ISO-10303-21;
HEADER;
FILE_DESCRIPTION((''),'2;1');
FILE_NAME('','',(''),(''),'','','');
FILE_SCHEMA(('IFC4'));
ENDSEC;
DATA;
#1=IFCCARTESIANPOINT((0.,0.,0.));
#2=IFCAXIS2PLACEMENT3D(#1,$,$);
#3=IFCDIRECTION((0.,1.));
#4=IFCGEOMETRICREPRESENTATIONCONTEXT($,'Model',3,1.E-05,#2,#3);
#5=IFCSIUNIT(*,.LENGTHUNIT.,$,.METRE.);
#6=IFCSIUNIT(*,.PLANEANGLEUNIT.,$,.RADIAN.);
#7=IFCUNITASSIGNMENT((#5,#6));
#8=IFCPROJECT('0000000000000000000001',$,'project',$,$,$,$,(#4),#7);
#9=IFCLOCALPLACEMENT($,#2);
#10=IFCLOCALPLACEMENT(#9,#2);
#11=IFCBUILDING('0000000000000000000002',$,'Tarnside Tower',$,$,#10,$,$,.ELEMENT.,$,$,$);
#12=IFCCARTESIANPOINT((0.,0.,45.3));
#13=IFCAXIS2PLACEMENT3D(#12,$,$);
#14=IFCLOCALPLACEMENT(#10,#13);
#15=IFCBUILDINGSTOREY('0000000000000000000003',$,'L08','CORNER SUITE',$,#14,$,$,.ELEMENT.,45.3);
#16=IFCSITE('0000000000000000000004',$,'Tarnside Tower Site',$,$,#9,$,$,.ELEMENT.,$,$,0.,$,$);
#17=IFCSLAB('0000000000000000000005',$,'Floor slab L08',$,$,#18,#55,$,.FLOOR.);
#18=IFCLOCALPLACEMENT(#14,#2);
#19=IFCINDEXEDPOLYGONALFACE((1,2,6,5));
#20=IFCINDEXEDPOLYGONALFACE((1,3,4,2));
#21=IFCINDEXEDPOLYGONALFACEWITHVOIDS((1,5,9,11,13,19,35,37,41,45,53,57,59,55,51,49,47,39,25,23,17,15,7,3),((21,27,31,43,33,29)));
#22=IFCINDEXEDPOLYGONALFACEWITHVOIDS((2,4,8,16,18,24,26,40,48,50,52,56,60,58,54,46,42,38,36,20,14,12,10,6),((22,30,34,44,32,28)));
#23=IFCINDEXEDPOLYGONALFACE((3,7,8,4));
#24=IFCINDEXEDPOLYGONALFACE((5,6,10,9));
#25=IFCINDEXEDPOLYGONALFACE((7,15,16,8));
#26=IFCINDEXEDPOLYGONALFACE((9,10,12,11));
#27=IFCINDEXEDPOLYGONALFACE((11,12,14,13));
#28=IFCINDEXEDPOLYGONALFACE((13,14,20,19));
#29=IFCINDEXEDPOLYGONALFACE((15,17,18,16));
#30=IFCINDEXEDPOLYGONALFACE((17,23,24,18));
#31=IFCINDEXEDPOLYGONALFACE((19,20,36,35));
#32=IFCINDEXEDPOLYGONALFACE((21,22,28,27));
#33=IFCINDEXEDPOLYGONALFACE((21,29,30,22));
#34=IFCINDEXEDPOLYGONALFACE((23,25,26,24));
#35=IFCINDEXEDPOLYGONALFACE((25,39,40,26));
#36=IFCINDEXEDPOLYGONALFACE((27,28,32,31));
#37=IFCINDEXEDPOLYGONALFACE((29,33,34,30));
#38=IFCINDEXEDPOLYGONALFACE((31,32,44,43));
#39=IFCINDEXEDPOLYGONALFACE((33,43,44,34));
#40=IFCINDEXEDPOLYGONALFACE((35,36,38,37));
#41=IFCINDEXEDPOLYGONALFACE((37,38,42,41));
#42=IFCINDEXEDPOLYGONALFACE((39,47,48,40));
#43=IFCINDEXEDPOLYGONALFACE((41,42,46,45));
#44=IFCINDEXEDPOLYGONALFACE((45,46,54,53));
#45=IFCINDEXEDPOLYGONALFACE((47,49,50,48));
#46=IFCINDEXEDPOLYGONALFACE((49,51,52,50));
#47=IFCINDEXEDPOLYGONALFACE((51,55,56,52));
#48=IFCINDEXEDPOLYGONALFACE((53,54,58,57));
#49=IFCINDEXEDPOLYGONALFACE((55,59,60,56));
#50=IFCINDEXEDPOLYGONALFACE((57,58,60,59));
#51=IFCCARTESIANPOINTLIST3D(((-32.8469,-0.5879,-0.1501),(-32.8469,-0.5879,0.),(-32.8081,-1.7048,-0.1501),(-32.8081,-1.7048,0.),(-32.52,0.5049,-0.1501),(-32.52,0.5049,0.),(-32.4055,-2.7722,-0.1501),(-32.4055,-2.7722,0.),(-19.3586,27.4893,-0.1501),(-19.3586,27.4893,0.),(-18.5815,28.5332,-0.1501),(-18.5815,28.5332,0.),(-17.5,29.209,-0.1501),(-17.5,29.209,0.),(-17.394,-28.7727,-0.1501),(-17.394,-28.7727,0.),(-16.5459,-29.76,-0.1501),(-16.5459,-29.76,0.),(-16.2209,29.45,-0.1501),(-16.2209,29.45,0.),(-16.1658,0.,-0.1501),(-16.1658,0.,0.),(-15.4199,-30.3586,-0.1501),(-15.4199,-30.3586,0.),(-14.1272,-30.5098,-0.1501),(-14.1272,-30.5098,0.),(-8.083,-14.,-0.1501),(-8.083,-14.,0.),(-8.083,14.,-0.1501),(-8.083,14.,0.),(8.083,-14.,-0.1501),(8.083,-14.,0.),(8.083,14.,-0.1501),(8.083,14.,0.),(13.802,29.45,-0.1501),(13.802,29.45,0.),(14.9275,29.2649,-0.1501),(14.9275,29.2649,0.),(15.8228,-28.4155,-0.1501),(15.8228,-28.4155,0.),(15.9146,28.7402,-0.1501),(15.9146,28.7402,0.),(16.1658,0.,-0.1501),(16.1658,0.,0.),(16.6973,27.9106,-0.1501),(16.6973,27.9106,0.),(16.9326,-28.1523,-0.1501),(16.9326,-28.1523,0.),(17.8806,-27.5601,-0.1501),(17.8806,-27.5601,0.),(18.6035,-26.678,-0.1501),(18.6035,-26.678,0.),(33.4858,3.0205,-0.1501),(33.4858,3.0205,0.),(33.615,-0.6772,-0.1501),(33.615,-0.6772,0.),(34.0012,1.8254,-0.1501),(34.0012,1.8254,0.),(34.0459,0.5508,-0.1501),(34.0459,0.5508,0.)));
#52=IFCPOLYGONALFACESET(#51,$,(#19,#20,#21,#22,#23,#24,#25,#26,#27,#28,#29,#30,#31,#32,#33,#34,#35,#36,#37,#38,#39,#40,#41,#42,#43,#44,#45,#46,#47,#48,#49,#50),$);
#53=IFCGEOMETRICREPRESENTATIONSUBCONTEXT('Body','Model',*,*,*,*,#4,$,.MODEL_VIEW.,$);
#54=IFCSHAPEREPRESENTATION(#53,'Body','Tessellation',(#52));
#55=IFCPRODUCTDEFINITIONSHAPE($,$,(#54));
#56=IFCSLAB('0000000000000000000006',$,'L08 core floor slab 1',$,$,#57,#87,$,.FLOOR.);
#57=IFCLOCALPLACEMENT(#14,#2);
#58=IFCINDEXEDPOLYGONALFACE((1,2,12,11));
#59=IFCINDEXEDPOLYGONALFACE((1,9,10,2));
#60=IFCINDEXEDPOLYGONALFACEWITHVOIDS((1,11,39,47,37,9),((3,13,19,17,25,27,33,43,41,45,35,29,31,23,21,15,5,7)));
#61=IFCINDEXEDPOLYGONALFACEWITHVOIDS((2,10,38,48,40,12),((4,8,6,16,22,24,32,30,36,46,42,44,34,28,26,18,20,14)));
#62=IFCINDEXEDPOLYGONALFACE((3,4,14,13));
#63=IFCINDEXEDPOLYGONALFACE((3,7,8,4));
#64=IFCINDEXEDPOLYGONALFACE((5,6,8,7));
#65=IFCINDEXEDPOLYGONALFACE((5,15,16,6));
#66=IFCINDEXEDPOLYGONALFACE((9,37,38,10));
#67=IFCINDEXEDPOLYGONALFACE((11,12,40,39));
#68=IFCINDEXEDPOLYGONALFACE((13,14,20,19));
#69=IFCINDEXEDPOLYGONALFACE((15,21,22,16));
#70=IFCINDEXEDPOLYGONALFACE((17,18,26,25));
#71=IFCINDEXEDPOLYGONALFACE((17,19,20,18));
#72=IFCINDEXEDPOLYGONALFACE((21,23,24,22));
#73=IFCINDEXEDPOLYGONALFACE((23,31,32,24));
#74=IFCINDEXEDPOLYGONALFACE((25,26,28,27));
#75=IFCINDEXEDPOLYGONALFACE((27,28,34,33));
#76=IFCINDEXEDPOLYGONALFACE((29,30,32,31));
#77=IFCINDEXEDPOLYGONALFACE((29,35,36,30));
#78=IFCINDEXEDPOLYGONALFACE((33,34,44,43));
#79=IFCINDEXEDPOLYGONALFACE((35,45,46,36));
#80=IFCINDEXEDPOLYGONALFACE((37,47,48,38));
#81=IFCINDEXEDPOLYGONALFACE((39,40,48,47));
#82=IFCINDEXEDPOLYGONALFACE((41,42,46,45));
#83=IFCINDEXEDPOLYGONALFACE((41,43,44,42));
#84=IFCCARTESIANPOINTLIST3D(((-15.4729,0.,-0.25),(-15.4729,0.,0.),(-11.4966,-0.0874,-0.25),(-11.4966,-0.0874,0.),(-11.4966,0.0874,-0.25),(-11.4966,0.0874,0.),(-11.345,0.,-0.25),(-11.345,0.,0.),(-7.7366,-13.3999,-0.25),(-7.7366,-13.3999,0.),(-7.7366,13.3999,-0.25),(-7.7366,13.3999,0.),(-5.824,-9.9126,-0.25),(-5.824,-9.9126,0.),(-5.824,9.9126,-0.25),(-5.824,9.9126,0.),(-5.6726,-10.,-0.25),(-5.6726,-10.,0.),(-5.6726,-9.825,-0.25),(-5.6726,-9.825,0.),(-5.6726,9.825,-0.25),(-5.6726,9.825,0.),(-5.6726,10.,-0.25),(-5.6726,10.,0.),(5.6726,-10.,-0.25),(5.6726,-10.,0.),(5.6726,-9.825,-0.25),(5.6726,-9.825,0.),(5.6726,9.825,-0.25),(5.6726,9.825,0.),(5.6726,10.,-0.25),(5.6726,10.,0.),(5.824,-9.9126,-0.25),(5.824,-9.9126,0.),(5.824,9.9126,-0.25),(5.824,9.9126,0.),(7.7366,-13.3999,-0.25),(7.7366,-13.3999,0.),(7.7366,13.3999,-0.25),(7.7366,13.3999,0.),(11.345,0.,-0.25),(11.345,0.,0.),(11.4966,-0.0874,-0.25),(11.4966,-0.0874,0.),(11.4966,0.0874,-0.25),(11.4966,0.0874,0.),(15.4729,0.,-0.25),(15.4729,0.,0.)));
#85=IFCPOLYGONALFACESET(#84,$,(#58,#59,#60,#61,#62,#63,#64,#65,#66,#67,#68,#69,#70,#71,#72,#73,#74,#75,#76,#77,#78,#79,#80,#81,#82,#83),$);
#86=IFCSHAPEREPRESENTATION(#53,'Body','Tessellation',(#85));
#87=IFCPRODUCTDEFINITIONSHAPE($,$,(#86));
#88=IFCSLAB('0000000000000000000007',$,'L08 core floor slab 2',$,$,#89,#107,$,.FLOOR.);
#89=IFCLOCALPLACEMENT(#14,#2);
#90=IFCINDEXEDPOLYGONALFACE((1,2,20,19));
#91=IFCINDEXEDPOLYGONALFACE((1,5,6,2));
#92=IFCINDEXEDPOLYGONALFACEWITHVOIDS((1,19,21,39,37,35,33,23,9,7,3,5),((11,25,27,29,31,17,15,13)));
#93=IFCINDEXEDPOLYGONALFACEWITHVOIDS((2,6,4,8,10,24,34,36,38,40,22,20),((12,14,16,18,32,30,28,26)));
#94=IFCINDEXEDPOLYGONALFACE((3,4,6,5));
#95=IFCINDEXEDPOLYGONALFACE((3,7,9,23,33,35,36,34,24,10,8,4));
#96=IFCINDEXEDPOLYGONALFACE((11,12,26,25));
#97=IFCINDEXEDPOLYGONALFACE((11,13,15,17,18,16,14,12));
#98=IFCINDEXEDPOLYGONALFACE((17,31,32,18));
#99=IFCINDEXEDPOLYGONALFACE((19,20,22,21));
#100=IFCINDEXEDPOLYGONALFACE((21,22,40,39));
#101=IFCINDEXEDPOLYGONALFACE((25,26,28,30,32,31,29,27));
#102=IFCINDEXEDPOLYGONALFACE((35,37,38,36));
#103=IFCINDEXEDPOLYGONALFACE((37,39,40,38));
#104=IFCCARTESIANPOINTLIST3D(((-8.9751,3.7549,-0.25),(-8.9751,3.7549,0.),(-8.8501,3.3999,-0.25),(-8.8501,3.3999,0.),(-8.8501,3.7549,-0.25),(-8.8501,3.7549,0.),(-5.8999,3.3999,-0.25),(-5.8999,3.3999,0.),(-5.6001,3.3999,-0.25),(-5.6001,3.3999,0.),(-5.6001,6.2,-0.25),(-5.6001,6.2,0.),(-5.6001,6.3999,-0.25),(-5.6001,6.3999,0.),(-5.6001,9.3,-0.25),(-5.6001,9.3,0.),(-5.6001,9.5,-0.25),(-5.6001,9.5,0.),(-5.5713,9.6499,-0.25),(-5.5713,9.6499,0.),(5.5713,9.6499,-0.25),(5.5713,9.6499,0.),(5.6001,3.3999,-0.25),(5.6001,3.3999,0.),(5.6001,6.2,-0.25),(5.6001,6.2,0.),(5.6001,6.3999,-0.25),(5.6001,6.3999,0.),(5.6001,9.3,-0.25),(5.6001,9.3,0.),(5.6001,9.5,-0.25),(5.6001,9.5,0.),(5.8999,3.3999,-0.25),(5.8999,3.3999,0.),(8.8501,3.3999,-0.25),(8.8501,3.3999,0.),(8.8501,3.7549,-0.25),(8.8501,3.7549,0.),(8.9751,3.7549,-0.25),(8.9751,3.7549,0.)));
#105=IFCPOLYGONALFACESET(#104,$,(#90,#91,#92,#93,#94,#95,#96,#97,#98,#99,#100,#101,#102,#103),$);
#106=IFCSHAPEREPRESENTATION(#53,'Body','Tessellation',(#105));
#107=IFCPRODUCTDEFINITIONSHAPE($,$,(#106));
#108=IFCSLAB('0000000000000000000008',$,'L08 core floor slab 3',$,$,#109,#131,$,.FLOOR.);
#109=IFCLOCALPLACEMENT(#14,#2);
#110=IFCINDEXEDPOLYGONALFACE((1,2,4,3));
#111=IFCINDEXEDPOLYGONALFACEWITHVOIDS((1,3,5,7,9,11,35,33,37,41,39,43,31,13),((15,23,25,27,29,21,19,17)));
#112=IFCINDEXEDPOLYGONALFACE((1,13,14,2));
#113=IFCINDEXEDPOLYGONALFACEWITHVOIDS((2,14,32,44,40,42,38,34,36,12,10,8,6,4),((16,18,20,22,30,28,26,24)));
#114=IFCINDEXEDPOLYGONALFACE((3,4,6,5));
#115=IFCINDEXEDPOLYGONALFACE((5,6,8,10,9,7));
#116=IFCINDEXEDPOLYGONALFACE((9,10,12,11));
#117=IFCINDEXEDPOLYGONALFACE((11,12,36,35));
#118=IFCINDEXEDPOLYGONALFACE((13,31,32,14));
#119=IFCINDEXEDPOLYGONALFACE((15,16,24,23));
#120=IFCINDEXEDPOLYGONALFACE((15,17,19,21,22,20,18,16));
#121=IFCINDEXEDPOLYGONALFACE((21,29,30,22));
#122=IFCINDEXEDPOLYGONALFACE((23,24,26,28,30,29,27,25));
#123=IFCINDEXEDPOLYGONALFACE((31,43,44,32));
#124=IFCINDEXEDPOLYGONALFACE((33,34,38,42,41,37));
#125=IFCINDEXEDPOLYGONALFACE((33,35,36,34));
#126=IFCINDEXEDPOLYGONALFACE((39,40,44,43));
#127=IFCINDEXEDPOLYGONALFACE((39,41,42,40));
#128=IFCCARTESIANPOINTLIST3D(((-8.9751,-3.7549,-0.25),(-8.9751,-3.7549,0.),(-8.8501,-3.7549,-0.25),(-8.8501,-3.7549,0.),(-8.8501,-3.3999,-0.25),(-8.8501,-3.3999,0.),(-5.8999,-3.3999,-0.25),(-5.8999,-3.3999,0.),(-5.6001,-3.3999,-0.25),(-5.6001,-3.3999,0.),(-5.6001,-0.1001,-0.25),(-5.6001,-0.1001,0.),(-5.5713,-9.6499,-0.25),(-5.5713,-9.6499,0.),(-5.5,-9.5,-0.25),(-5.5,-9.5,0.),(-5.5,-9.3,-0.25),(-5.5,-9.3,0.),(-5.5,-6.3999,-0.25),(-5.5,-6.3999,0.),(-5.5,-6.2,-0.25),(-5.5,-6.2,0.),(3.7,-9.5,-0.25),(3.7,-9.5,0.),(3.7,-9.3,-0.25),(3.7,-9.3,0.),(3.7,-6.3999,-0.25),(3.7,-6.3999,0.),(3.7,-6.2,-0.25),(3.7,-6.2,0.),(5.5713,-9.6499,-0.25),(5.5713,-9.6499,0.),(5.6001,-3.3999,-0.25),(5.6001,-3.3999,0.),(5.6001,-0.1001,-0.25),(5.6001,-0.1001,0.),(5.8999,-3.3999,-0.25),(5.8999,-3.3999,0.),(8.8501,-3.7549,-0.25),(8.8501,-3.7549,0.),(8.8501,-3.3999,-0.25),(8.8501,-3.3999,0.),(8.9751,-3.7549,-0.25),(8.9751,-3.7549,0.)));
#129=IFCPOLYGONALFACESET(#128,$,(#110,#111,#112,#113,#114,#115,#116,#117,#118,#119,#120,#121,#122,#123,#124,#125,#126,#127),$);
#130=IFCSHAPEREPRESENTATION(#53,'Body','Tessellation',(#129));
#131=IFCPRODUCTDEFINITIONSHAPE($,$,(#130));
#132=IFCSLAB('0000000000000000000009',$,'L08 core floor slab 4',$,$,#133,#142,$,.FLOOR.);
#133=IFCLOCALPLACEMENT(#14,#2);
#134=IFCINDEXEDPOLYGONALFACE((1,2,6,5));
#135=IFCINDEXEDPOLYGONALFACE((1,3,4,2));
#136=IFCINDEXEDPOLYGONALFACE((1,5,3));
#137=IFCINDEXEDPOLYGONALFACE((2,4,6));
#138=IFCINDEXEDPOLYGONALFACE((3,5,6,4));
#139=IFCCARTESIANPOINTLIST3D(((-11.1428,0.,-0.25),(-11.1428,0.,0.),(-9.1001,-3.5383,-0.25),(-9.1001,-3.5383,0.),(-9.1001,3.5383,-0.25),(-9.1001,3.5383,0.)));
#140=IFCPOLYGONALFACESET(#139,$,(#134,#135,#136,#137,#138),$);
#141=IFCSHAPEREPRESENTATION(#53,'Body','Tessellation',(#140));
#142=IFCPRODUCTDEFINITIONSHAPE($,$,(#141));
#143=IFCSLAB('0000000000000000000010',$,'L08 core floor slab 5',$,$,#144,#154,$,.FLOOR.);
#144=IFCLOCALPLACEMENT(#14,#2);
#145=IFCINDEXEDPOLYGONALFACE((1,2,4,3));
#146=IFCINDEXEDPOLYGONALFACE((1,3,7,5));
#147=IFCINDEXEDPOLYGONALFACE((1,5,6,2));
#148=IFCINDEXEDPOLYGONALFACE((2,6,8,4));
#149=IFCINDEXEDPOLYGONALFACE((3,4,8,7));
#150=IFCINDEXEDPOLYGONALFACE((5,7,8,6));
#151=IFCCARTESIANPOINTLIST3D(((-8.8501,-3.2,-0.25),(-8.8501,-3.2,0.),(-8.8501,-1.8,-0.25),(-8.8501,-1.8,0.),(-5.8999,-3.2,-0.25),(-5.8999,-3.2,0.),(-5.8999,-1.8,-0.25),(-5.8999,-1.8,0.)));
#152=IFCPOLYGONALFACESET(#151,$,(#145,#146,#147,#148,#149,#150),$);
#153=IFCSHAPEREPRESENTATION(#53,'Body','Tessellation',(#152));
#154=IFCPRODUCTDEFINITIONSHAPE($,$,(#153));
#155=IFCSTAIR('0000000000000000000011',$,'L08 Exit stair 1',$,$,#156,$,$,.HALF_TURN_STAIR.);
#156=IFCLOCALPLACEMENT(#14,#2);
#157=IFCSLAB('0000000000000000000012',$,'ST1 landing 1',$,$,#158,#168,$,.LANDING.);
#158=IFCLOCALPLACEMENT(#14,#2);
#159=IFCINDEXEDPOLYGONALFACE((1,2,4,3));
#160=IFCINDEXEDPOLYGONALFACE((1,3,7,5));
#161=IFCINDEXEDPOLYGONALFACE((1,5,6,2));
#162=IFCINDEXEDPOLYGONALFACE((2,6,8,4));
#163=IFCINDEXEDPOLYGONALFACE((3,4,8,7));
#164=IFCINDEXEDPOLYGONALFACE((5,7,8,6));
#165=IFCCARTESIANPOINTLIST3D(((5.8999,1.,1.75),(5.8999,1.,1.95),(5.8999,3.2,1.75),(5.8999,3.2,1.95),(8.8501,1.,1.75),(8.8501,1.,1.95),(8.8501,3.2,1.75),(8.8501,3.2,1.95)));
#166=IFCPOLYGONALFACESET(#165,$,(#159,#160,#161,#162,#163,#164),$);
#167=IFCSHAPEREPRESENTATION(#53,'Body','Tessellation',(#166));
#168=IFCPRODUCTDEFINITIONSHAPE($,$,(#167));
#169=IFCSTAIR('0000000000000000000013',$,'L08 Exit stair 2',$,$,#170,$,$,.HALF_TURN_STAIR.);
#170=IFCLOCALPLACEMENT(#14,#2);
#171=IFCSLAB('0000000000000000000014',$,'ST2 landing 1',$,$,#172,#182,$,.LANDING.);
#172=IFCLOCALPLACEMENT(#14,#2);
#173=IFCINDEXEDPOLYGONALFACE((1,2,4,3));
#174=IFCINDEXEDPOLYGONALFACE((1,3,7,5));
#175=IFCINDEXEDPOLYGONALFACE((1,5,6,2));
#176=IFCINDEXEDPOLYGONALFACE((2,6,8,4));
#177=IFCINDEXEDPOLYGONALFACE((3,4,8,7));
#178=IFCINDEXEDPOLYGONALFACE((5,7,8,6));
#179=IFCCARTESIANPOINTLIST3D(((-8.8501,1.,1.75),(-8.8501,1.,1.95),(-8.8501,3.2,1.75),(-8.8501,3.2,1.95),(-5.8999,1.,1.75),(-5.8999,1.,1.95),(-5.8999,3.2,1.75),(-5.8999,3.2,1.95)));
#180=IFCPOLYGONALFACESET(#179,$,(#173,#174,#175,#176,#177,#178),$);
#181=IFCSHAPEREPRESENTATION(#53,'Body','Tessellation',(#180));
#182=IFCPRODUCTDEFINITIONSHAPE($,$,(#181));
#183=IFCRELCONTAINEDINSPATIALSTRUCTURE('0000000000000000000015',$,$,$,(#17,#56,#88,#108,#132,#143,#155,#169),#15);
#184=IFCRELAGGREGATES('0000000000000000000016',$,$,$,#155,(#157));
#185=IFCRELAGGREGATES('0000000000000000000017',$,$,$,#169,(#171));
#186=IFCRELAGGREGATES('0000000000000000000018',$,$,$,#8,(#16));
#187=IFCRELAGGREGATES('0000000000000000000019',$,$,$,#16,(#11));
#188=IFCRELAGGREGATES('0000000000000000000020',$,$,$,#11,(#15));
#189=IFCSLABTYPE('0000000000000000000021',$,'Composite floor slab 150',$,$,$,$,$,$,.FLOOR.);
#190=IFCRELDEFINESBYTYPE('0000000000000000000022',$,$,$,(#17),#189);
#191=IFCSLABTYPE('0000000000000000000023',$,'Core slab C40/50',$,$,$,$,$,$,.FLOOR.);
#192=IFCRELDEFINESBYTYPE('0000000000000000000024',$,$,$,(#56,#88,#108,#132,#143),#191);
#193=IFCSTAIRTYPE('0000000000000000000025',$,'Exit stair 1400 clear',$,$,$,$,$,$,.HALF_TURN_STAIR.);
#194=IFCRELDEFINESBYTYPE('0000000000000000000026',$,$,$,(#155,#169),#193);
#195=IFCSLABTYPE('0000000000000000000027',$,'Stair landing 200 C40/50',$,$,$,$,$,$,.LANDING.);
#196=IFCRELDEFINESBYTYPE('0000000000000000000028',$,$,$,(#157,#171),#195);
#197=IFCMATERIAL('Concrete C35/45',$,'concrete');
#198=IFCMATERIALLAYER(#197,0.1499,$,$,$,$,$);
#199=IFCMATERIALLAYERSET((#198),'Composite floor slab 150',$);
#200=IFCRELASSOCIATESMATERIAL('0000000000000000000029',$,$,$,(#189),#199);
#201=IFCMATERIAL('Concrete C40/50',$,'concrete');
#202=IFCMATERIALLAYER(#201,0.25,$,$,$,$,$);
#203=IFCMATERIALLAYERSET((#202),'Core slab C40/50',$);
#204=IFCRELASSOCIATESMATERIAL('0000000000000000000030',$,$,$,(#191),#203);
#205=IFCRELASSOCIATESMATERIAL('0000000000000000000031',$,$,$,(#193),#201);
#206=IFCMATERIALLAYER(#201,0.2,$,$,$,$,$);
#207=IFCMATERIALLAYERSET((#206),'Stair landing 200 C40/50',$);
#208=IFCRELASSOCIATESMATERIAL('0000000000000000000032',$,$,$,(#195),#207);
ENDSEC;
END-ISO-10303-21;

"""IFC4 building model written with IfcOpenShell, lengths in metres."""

from ifc_helpers import new_model, si_unit, direction, frame, origin, place, context, subcontext, project, spatial, polyline, outline, extrude, material, layer, layer_set, type_object, element, aggregate, save


model = new_model("IFC4")

# Units and contexts
model_context = context("Model", 3, precision=1e-05, world=origin(), true_north=direction((0.0, 1.0)))
body_context = subcontext(model_context, "Body", "Model", "MODEL_VIEW")
ifc_project = project(units=[si_unit("LENGTHUNIT", "METRE"), si_unit("PLANEANGLEUNIT", "RADIAN")], contexts=[model_context])

# Site, building, storey
site_placement = place(None, origin())
site = spatial("IfcSite", under=ifc_project, at=site_placement, Name="Tarnside Tower Site", CompositionType="ELEMENT", RefElevation=0.0)
building_placement = place(site_placement, origin())
building = spatial("IfcBuilding", under=site, at=building_placement, Name="Tarnside Tower", CompositionType="ELEMENT")
storey_placement = place(building_placement, frame((0.0, 0.0, 45.3)))
storey = spatial("IfcBuildingStorey", under=building, at=storey_placement, Name="L08", Description="CORNER SUITE", CompositionType="ELEMENT", Elevation=45.3)

# Slabs
ifc_material_1 = material(Name="Concrete C35/45", Category="concrete")
ifc_layer_1 = layer(ifc_material_1, 0.1499)
ifc_layer_set_1 = layer_set([ifc_layer_1], Name="Composite floor slab 150")
slab_type_1 = type_object("IfcSlabType", Name="Composite floor slab 150", PredefinedType="FLOOR", material=ifc_layer_set_1)
slab_1_placement = place(storey_placement, frame((0.0, 0.0, -0.1501)))
element("IfcSlab", 1, at=slab_1_placement, inside=storey, type_object=slab_type_1, Name="Floor slab L08", PredefinedType="FLOOR", context=body_context, shape_type="SweptSolid", body=[
    extrude(outline(polyline([(14.9275, 29.2649), (15.9146, 28.7402), (16.6973, 27.9106), (33.4858, 3.0205), (34.0012, 1.8254), (34.0459, 0.5508), (33.615, -0.6772), (18.6035, -26.678), (17.8806, -27.5601), (16.9326, -28.1523), (15.8228, -28.4155), (-14.1272, -30.5098), (-15.4199, -30.3586), (-16.5459, -29.76), (-17.394, -28.7727), (-32.4055, -2.7722), (-32.8081, -1.7048), (-32.8469, -0.5879), (-32.52, 0.5049), (-19.3586, 27.4893), (-18.5815, 28.5332), (-17.5, 29.209), (-16.2209, 29.45), (13.802, 29.45), (14.9275, 29.2649)]), holes=[polyline([(-16.1658, 0.0), (-8.083, -14.0), (8.083, -14.0), (16.1658, 0.0), (8.083, 14.0), (-8.083, 14.0), (-16.1658, 0.0)])]), origin(), (0.0, 0.0, 1.0), 0.1501),
])
ifc_material_2 = material(Name="Concrete C40/50", Category="concrete")
ifc_layer_2 = layer(ifc_material_2, 0.25)
ifc_layer_set_2 = layer_set([ifc_layer_2], Name="Core slab C40/50")
slab_type_2 = type_object("IfcSlabType", Name="Core slab C40/50", PredefinedType="FLOOR", material=ifc_layer_set_2)
slab_2_placement = place(storey_placement, frame((0.0, 0.0, -0.25)))
element("IfcSlab", 2, at=slab_2_placement, inside=storey, type_object=slab_type_2, Name="L08 core floor slab 1", PredefinedType="FLOOR", context=body_context, shape_type="SweptSolid", body=[
    extrude(outline(polyline([(-15.4729, 0.0), (-7.7366, 13.3999), (7.7366, 13.3999), (15.4729, 0.0), (7.7366, -13.3999), (-7.7366, -13.3999), (-15.4729, 0.0)]), holes=[polyline([(5.824, -9.9126), (11.4966, -0.0874), (11.345, 0.0), (11.4966, 0.0874), (5.824, 9.9126), (5.6726, 9.825), (5.6726, 10.0), (-5.6726, 10.0), (-5.6726, 9.825), (-5.824, 9.9126), (-11.4966, 0.0874), (-11.345, 0.0), (-11.4966, -0.0874), (-5.824, -9.9126), (-5.6726, -9.825), (-5.6726, -10.0), (5.6726, -10.0), (5.6726, -9.825), (5.824, -9.9126)])]), origin(), (0.0, 0.0, 1.0), 0.25),
])
slab_3_placement = place(storey_placement, frame((0.0, 0.0, -0.25)))
element("IfcSlab", 3, at=slab_3_placement, inside=storey, type_object=slab_type_2, Name="L08 core floor slab 2", PredefinedType="FLOOR", context=body_context, shape_type="SweptSolid", body=[
    extrude(outline(polyline([(-8.9751, 3.7549), (-5.5713, 9.6499), (5.5713, 9.6499), (8.9751, 3.7549), (8.8501, 3.7549), (8.8501, 3.3999), (5.8999, 3.3999), (5.6001, 3.3999), (5.6001, 3.3999), (-5.6001, 3.3999), (-5.8999, 3.3999), (-8.8501, 3.3999), (-8.8501, 3.7549), (-8.9751, 3.7549)]), holes=[polyline([(-5.6001, 6.2), (5.6001, 6.2), (5.6001, 6.3999), (5.6001, 9.3), (5.6001, 9.5), (-5.6001, 9.5), (-5.6001, 9.3), (-5.6001, 6.3999), (-5.6001, 6.2)])]), origin(), (0.0, 0.0, 1.0), 0.25),
])
slab_4_placement = place(storey_placement, frame((0.0, 0.0, -0.25)))
element("IfcSlab", 4, at=slab_4_placement, inside=storey, type_object=slab_type_2, Name="L08 core floor slab 3", PredefinedType="FLOOR", context=body_context, shape_type="SweptSolid", body=[
    extrude(outline(polyline([(5.6001, -3.3999), (5.8999, -3.3999), (8.8501, -3.3999), (8.8501, -3.7549), (8.9751, -3.7549), (5.5713, -9.6499), (-5.5713, -9.6499), (-8.9751, -3.7549), (-8.8501, -3.7549), (-8.8501, -3.3999), (-5.8999, -3.3999), (-5.6001, -3.3999), (-5.6001, -0.1001), (5.6001, -0.1001), (5.6001, -3.3999)]), holes=[polyline([(-5.5, -9.3), (-5.5, -9.5), (3.7, -9.5), (3.7, -9.3), (3.7, -6.3999), (3.7, -6.2), (-5.5, -6.2), (-5.5, -6.3999), (-5.5, -9.3)])]), origin(), (0.0, 0.0, 1.0), 0.25),
])
slab_5_placement = place(storey_placement, frame((0.0, 0.0, -0.25)))
element("IfcSlab", 5, at=slab_5_placement, inside=storey, type_object=slab_type_2, Name="L08 core floor slab 4", PredefinedType="FLOOR", context=body_context, shape_type="SweptSolid", body=[
    extrude(outline(polyline([(-11.1428, 0.0), (-9.1001, 3.5383), (-9.1001, -3.5383), (-11.1428, 0.0)])), origin(), (0.0, 0.0, 1.0), 0.25),
])
slab_6_placement = place(storey_placement, frame((0.0, 0.0, -0.25)))
element("IfcSlab", 6, at=slab_6_placement, inside=storey, type_object=slab_type_2, Name="L08 core floor slab 5", PredefinedType="FLOOR", context=body_context, shape_type="SweptSolid", body=[
    extrude(outline(polyline([(-8.8501, -1.8), (-5.8999, -1.8), (-5.8999, -3.2), (-8.8501, -3.2), (-8.8501, -1.8)])), origin(), (0.0, 0.0, 1.0), 0.25),
])

# Stairs, slabs
stair_type = type_object("IfcStairType", Name="Exit stair 1400 clear", PredefinedType="HALF_TURN_STAIR", material=ifc_material_2)
stair_1_placement = place(storey_placement, origin())
stair_1 = element("IfcStair", 7, at=stair_1_placement, inside=storey, type_object=stair_type, Name="L08 Exit stair 1", PredefinedType="HALF_TURN_STAIR")
ifc_layer_3 = layer(ifc_material_2, 0.2)
ifc_layer_set_3 = layer_set([ifc_layer_3], Name="Stair landing 200 C40/50")
slab_type_3 = type_object("IfcSlabType", Name="Stair landing 200 C40/50", PredefinedType="LANDING", material=ifc_layer_set_3)
slab_7_placement = place(storey_placement, frame((0.0, 0.0, 1.75)))
slab_7 = element("IfcSlab", 8, at=slab_7_placement, type_object=slab_type_3, Name="ST1 landing 1", PredefinedType="LANDING", context=body_context, shape_type="SweptSolid", body=[
    extrude(outline(polyline([(8.8501, 1.0), (8.8501, 3.2), (5.8999, 3.2), (5.8999, 1.0), (8.8501, 1.0)])), origin(), (0.0, 0.0, 1.0), 0.2),
])
aggregate(stair_1, [slab_7])
stair_2_placement = place(storey_placement, origin())
stair_2 = element("IfcStair", 9, at=stair_2_placement, inside=storey, type_object=stair_type, Name="L08 Exit stair 2", PredefinedType="HALF_TURN_STAIR")
slab_8_placement = place(storey_placement, frame((0.0, 0.0, 1.75)))
slab_8 = element("IfcSlab", 10, at=slab_8_placement, type_object=slab_type_3, Name="ST2 landing 1", PredefinedType="LANDING", context=body_context, shape_type="SweptSolid", body=[
    extrude(outline(polyline([(-5.8999, 1.0), (-5.8999, 3.2), (-8.8501, 3.2), (-8.8501, 1.0), (-5.8999, 1.0)])), origin(), (0.0, 0.0, 1.0), 0.2),
])

aggregate(stair_2, [slab_8])

save(model, "model.ifc")
